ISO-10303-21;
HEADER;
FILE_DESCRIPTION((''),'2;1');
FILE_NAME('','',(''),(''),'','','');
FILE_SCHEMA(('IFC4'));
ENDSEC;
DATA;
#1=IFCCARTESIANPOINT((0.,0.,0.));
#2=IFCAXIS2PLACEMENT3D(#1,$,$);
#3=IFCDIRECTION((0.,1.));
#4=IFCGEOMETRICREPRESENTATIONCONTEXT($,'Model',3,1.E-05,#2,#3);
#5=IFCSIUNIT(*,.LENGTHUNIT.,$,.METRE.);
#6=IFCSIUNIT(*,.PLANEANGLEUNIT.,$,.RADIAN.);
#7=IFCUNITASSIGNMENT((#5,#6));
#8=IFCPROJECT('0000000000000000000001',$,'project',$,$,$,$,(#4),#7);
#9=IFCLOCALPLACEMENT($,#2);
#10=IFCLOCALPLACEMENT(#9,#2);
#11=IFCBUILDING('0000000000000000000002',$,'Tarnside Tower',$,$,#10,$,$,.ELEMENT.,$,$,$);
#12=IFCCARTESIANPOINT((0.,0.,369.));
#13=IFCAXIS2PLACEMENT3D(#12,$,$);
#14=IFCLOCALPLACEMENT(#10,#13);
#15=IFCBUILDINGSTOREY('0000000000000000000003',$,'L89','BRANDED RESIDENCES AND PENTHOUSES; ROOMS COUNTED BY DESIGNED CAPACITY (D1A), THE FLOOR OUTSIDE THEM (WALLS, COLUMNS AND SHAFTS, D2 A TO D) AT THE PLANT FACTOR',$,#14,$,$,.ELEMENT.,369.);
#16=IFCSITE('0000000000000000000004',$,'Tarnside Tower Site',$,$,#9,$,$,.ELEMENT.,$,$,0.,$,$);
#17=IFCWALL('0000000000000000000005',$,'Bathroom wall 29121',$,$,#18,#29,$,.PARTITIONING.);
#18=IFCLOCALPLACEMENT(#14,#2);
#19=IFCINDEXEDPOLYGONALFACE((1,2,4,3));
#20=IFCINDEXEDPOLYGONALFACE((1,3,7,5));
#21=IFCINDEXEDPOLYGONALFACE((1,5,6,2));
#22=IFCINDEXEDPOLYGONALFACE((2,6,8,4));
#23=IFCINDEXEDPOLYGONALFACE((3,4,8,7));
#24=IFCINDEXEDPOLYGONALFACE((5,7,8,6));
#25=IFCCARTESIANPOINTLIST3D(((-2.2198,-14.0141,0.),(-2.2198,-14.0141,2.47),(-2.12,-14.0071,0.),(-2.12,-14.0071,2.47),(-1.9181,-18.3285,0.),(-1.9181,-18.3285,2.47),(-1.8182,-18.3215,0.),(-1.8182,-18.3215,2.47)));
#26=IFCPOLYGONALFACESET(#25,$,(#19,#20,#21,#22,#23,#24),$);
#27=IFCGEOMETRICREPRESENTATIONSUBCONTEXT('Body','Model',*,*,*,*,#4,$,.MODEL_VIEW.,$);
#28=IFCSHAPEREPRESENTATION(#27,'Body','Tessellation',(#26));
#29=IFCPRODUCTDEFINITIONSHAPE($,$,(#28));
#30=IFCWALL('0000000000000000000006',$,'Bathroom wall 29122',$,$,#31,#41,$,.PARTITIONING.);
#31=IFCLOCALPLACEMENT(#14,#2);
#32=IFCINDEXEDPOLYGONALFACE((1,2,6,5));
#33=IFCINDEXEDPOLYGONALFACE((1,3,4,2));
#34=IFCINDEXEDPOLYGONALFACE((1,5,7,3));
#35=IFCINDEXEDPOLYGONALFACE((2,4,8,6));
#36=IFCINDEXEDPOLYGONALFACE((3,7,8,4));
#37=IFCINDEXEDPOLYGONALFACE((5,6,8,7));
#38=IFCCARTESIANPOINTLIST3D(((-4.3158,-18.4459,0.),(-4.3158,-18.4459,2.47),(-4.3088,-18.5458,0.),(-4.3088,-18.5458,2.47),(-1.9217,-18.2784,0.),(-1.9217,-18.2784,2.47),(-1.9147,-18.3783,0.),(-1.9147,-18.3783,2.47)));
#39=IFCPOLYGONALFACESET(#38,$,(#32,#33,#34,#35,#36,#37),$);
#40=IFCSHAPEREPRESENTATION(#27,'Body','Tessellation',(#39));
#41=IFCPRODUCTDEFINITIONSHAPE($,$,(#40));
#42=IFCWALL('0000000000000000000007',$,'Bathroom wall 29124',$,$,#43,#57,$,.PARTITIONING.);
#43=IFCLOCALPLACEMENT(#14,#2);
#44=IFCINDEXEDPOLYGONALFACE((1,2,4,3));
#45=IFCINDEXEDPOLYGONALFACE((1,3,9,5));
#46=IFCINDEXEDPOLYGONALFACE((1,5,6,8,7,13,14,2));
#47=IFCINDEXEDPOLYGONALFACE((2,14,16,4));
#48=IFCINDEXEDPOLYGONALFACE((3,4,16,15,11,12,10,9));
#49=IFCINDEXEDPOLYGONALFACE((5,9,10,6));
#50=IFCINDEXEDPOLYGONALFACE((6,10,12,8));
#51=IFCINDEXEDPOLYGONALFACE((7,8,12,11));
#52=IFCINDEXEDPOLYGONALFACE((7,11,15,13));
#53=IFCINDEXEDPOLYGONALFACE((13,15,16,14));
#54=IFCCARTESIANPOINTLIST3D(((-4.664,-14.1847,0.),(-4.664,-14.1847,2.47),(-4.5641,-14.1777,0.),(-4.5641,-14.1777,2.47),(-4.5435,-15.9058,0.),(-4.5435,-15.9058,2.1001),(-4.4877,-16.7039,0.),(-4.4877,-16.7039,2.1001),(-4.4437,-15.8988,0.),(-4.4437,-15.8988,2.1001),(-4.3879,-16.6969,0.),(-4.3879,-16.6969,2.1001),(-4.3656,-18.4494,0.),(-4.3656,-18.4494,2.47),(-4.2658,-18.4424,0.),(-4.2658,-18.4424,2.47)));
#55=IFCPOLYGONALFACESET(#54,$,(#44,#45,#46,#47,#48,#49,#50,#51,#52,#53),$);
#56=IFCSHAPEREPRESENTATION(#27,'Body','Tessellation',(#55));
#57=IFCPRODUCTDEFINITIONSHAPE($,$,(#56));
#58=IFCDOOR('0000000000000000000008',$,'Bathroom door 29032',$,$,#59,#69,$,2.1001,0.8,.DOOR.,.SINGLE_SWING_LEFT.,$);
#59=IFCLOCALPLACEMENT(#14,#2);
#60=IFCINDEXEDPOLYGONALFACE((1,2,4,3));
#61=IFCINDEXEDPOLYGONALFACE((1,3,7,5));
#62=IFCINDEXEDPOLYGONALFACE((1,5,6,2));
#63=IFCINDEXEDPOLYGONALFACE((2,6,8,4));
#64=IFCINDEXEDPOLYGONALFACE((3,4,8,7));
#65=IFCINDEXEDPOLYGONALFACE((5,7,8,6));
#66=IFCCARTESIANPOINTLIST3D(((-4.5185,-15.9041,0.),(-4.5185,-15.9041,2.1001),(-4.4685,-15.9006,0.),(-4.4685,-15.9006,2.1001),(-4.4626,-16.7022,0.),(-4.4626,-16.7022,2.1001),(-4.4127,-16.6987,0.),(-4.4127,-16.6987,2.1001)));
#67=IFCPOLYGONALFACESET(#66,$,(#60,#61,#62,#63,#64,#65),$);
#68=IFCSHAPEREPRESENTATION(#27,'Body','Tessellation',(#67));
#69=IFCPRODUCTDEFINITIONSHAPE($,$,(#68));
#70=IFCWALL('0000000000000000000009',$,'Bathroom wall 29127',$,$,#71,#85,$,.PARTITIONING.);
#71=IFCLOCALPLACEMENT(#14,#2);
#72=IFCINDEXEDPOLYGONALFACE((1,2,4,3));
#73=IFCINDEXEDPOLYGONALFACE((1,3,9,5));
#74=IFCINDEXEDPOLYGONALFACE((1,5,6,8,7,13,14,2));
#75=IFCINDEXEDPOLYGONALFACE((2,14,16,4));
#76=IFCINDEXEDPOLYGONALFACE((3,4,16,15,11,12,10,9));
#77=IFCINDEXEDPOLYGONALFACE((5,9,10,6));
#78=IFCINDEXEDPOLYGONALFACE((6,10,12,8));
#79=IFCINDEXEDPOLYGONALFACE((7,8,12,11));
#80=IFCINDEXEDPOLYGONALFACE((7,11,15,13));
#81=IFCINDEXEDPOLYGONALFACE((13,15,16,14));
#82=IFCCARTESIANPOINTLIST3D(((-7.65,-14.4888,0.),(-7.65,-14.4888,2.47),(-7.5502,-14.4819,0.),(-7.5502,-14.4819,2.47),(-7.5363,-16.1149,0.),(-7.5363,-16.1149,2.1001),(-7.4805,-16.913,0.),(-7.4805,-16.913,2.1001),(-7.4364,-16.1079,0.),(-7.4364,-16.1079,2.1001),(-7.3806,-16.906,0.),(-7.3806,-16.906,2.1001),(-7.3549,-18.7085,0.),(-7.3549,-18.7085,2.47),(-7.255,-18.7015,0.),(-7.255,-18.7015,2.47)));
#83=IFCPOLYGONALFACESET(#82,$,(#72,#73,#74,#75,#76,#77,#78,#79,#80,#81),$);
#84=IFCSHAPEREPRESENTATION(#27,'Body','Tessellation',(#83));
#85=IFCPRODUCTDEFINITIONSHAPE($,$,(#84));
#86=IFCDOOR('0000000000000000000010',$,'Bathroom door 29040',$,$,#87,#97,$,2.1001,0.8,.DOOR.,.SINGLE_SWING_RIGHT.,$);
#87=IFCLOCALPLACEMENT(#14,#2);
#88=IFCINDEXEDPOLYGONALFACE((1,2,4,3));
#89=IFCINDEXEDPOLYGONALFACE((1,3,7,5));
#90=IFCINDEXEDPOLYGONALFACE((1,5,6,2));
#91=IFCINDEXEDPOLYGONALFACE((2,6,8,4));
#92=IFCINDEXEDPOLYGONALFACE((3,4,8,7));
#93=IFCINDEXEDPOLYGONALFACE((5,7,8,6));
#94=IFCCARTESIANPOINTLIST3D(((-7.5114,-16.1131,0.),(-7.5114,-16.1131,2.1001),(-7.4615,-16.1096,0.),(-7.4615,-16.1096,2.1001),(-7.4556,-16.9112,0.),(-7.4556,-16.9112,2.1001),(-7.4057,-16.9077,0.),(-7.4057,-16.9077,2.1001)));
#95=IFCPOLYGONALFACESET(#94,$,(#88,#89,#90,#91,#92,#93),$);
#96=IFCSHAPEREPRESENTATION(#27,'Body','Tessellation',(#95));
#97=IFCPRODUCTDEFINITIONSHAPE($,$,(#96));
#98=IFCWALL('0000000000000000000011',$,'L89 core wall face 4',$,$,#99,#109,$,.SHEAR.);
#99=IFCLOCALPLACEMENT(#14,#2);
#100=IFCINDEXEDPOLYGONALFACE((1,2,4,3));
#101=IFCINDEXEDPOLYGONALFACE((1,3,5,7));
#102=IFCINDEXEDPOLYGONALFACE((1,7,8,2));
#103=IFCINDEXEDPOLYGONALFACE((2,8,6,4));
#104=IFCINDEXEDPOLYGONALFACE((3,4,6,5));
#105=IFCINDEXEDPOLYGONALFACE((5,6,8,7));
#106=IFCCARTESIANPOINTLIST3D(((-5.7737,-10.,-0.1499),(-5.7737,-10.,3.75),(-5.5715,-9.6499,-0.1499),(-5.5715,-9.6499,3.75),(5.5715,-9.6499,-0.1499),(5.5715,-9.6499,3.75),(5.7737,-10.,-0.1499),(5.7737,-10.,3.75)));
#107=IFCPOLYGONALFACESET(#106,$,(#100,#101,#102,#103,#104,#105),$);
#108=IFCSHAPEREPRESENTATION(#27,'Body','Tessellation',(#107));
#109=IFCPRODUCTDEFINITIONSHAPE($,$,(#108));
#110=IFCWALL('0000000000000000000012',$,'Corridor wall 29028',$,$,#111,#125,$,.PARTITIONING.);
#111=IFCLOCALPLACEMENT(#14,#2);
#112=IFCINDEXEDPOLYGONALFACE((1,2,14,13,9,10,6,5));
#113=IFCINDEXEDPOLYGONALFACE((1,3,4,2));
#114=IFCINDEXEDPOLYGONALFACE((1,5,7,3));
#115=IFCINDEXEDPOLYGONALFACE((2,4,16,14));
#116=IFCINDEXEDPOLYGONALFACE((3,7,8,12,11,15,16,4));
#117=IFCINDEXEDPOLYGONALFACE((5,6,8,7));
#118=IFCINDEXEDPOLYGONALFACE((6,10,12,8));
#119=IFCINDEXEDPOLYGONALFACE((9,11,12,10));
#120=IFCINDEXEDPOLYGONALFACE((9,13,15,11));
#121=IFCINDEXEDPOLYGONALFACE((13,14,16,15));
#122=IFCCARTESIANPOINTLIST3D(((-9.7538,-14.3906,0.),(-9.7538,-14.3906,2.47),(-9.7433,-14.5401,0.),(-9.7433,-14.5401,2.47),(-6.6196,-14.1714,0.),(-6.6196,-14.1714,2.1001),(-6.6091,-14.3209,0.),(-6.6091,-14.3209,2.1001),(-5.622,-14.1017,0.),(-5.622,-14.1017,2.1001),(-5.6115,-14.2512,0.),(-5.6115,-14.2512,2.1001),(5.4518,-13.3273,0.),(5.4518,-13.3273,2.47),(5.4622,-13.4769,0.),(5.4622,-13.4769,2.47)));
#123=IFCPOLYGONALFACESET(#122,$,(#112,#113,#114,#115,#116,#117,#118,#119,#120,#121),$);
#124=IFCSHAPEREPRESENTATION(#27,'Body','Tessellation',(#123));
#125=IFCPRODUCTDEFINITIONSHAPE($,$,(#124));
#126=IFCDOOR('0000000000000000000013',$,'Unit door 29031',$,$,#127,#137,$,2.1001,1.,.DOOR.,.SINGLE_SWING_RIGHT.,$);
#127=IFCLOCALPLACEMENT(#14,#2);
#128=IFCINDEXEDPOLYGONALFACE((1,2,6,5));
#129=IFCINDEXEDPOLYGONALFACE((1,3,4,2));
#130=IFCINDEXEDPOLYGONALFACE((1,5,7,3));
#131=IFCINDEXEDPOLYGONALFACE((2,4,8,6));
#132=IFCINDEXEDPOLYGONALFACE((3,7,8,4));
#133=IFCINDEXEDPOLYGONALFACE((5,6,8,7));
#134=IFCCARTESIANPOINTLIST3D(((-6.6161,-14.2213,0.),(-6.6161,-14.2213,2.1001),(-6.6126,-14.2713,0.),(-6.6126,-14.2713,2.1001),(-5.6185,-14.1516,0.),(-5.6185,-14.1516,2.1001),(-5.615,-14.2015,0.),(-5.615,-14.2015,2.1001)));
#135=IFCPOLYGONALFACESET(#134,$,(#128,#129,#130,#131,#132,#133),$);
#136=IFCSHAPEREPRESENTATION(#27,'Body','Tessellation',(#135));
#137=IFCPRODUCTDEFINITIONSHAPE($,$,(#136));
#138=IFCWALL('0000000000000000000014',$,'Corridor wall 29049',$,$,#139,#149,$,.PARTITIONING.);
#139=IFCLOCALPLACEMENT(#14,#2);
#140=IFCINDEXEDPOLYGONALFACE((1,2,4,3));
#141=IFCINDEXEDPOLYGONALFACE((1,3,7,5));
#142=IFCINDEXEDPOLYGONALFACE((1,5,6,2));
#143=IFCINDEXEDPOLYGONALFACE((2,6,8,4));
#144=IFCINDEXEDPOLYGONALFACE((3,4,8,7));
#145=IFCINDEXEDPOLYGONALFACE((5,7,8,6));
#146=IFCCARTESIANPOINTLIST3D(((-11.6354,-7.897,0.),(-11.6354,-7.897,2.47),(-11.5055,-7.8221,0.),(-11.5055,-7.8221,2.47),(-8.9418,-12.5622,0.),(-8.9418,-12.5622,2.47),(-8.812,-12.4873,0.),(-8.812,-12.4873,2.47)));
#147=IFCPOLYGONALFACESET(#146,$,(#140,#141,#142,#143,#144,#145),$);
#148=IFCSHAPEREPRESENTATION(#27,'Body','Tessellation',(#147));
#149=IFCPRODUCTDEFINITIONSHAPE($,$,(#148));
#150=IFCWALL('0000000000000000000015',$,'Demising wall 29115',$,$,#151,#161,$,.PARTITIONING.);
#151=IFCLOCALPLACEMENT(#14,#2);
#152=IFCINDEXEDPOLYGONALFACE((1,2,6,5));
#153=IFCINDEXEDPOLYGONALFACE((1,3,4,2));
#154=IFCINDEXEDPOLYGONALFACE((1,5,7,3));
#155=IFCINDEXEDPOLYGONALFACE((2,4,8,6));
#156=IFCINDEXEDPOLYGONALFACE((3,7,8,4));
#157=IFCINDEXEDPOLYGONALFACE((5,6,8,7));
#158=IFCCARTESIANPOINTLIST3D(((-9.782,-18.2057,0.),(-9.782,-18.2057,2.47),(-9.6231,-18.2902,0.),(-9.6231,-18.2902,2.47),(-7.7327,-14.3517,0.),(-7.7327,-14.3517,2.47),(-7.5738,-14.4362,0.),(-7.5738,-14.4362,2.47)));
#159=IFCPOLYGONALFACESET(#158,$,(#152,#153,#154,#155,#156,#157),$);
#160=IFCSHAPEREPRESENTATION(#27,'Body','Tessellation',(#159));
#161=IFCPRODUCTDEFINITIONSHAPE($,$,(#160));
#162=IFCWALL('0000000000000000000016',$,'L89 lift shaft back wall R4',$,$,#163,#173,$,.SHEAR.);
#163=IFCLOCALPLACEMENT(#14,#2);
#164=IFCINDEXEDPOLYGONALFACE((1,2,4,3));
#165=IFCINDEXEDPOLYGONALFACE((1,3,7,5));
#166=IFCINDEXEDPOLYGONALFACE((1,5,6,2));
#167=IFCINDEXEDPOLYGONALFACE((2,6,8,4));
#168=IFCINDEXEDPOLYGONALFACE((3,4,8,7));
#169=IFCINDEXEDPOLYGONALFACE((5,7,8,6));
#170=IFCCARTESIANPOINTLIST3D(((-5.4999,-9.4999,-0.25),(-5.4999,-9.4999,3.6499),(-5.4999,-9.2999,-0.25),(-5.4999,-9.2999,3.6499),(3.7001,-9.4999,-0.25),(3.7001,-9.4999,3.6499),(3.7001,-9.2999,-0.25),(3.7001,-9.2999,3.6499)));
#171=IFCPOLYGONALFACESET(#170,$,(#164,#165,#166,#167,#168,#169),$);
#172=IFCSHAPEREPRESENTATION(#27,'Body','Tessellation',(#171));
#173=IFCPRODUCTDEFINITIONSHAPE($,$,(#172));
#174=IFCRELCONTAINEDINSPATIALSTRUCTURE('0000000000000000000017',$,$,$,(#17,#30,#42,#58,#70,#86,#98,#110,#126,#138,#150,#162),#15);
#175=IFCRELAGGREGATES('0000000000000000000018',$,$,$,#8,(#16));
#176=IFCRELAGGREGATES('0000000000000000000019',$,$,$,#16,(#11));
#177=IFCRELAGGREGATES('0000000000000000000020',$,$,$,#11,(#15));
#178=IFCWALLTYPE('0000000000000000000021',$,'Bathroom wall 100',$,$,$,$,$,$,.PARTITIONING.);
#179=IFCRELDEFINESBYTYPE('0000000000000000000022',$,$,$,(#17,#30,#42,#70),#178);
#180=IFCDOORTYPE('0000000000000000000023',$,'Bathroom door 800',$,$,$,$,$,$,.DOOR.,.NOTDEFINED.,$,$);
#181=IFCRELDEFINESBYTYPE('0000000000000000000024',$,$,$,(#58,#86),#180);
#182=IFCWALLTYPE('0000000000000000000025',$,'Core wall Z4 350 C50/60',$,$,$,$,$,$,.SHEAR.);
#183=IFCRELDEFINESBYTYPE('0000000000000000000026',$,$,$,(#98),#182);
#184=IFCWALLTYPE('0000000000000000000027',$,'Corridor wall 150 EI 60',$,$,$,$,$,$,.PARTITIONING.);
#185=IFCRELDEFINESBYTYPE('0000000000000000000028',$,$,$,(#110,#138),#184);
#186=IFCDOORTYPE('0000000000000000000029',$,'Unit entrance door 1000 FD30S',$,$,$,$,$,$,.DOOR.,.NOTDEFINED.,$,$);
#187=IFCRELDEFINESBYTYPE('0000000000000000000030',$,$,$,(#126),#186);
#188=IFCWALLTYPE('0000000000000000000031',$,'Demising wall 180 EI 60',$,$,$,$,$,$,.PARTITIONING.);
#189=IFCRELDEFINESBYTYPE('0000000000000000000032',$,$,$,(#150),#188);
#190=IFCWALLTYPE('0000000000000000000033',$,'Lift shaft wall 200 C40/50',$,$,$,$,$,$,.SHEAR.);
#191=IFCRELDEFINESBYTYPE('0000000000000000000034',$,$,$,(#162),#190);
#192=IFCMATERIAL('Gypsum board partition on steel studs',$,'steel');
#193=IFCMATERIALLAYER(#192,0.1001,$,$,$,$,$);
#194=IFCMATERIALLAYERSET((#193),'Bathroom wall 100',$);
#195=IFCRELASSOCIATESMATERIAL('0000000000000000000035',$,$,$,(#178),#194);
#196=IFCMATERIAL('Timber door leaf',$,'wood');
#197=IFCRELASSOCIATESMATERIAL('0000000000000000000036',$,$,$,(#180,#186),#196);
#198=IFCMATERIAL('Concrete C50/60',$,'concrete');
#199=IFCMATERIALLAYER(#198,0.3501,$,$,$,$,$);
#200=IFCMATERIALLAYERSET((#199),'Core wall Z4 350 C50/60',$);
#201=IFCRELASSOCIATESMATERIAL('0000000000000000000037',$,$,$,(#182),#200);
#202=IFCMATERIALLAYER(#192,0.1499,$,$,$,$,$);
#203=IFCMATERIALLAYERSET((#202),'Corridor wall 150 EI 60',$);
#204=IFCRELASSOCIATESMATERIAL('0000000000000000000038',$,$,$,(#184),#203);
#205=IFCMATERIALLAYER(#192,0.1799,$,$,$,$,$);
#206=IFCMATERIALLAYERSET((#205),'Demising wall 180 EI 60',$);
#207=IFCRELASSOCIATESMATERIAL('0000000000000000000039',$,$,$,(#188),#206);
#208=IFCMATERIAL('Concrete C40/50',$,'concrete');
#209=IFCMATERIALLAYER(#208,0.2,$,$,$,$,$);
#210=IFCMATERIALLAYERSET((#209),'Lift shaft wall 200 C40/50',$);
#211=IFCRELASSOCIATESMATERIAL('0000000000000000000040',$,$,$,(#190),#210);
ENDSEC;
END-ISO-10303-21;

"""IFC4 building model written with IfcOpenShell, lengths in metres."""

from ifc_helpers import new_model, si_unit, direction, frame, frame_2d, origin, place, context, subcontext, project, spatial, polyline, rectangle, outline, extrude, material, layer, layer_set, type_object, element, fill, save


model = new_model("IFC4")

# Units and contexts
model_context = context("Model", 3, precision=1e-05, world=origin(), true_north=direction((0.0, 1.0)))
body_context = subcontext(model_context, "Body", "Model", "MODEL_VIEW")
ifc_project = project(units=[si_unit("LENGTHUNIT", "METRE"), si_unit("PLANEANGLEUNIT", "RADIAN")], contexts=[model_context])

# Site, building, storey
site_placement = place(None, origin())
site = spatial("IfcSite", under=ifc_project, at=site_placement, Name="Tarnside Tower Site", CompositionType="ELEMENT", RefElevation=0.0)
building_placement = place(site_placement, origin())
building = spatial("IfcBuilding", under=site, at=building_placement, Name="Tarnside Tower", CompositionType="ELEMENT")
storey_placement = place(building_placement, frame((0.0, 0.0, 369.0)))
storey = spatial("IfcBuildingStorey", under=building, at=storey_placement, Name="L89", Description="BRANDED RESIDENCES AND PENTHOUSES; ROOMS COUNTED BY DESIGNED CAPACITY (D1A), THE FLOOR OUTSIDE THEM (WALLS, COLUMNS AND SHAFTS, D2 A TO D) AT THE PLANT FACTOR", CompositionType="ELEMENT", Elevation=369.0)

# Walls
ifc_material_1 = material(Name="Gypsum board partition on steel studs", Category="steel")
ifc_layer_1 = layer(ifc_material_1, 0.1001)
ifc_layer_set_1 = layer_set([ifc_layer_1], Name="Bathroom wall 100")
wall_type_1 = type_object("IfcWallType", Name="Bathroom wall 100", PredefinedType="PARTITIONING", material=ifc_layer_set_1)
wall_1_placement = place(storey_placement, frame((-2.1699, -14.0105, 0.0), z_axis=(0.0, 0.0, 1.0), x_axis=(0.069771, -0.997563, 0.0)))
element("IfcWall", 1, at=wall_1_placement, inside=storey, type_object=wall_type_1, Name="Bathroom wall 29121", PredefinedType="PARTITIONING", context=body_context, shape_type="SweptSolid", body=[
    extrude(rectangle(XDim=4.325, YDim=0.1001, at=frame_2d((2.1626, 0.0))), origin(), (0.0, 0.0, 1.0), 2.47),
])
wall_2_placement = place(storey_placement, frame((-1.9182, -18.3284, 0.0), z_axis=(0.0, 0.0, 1.0), x_axis=(-0.997562, -0.069787, 0.0)))
element("IfcWall", 2, at=wall_2_placement, inside=storey, type_object=wall_type_1, Name="Bathroom wall 29122", PredefinedType="PARTITIONING", context=body_context, shape_type="SweptSolid", body=[
    extrude(rectangle(XDim=2.3999, YDim=0.1001, at=frame_2d((1.2, 0.0))), origin(), (0.0, 0.0, 1.0), 2.47),
])

# Walls, openings, doors
wall_3_placement = place(storey_placement, frame((-4.3157, -18.446, 0.0), z_axis=(0.0, 0.0, 1.0), x_axis=(-0.069786, 0.997562, 0.0)))
wall_3 = element("IfcWall", 3, at=wall_3_placement, inside=storey, type_object=wall_type_1, Name="Bathroom wall 29124", PredefinedType="PARTITIONING", context=body_context, shape_type="SweptSolid", body=[
    extrude(rectangle(XDim=4.2751, YDim=0.1001, at=frame_2d((2.1377, 0.0))), origin(), (0.0, 0.0, 1.0), 2.47),
])
opening_1_placement = place(wall_3_placement, frame((1.75, 0.0, 0.0)))
opening_1 = element("IfcOpeningElement", 4, at=opening_1_placement, cuts=wall_3, PredefinedType="OPENING", context=body_context, shape_type="SweptSolid", body=[
    extrude(rectangle(XDim=0.8, YDim=2.1001, at=frame_2d((0.3999, 1.05))), frame((0.0, 0.0601, 0.0), z_axis=(0.0, -1.0, 0.0), x_axis=(1.0, 0.0, 0.0)), (0.0, 0.0, 1.0), 0.1201),
])
ifc_material_2 = material(Name="Timber door leaf", Category="wood")
door_type_1 = type_object("IfcDoorType", Name="Bathroom door 800", OperationType="NOTDEFINED", PredefinedType="DOOR", material=ifc_material_2)
door_1_placement = place(opening_1_placement, origin())
door_1 = element("IfcDoor", 5, at=door_1_placement, inside=storey, type_object=door_type_1, Name="Bathroom door 29032", OperationType="SINGLE_SWING_LEFT", OverallHeight=2.1001, OverallWidth=0.8, PredefinedType="DOOR", context=body_context, shape_type="SweptSolid", body=[
    extrude(rectangle(XDim=0.8, YDim=2.1001, at=frame_2d((0.3999, 1.05))), frame((0.0, 0.0249, 0.0), z_axis=(0.0, -1.0, 0.0), x_axis=(1.0, 0.0, 0.0)), (0.0, 0.0, 1.0), 0.05),
])
fill(opening_1, door_1)
wall_4_placement = place(storey_placement, frame((-7.6001, -14.4854, 0.0), z_axis=(0.0, 0.0, 1.0), x_axis=(0.069779, -0.997563, 0.0)))
wall_4 = element("IfcWall", 6, at=wall_4_placement, inside=storey, type_object=wall_type_1, Name="Bathroom wall 29127", PredefinedType="PARTITIONING", context=body_context, shape_type="SweptSolid", body=[
    extrude(rectangle(XDim=4.23, YDim=0.1001, at=frame_2d((2.115, 0.0))), origin(), (0.0, 0.0, 1.0), 2.47),
])
opening_2_placement = place(wall_4_placement, frame((1.6301, 0.0, 0.0)))
opening_2 = element("IfcOpeningElement", 7, at=opening_2_placement, cuts=wall_4, PredefinedType="OPENING", context=body_context, shape_type="SweptSolid", body=[
    extrude(rectangle(XDim=0.8, YDim=2.1001, at=frame_2d((0.3999, 1.05))), frame((0.0, 0.0601, 0.0), z_axis=(0.0, -1.0, 0.0), x_axis=(1.0, 0.0, 0.0)), (0.0, 0.0, 1.0), 0.1201),
])
door_2_placement = place(opening_2_placement, origin())
door_2 = element("IfcDoor", 8, at=door_2_placement, inside=storey, type_object=door_type_1, Name="Bathroom door 29040", OperationType="SINGLE_SWING_RIGHT", OverallHeight=2.1001, OverallWidth=0.8, PredefinedType="DOOR", context=body_context, shape_type="SweptSolid", body=[
    extrude(rectangle(XDim=0.8, YDim=2.1001, at=frame_2d((0.3999, 1.05))), frame((0.0, 0.0249, 0.0), z_axis=(0.0, -1.0, 0.0), x_axis=(1.0, 0.0, 0.0)), (0.0, 0.0, 1.0), 0.05),
])
fill(opening_2, door_2)

# Wall
ifc_material_3 = material(Name="Concrete C50/60", Category="concrete")
ifc_layer_2 = layer(ifc_material_3, 0.3501)
ifc_layer_set_2 = layer_set([ifc_layer_2], Name="Core wall Z4 350 C50/60")
wall_type_2 = type_object("IfcWallType", Name="Core wall Z4 350 C50/60", PredefinedType="SHEAR", material=ifc_layer_set_2)
wall_5_placement = place(storey_placement, frame((-5.6726, -9.825, -0.1499), z_axis=(0.0, 0.0, 1.0), x_axis=(1.0, 0.0, 0.0)))
element("IfcWall", 9, at=wall_5_placement, inside=storey, type_object=wall_type_2, Name="L89 core wall face 4", PredefinedType="SHEAR", context=body_context, shape_type="SweptSolid", body=[
    extrude(outline(polyline([(-0.1011, -0.175), (11.4463, -0.175), (11.2441, 0.175), (0.1011, 0.175), (-0.1011, -0.175)])), origin(), (0.0, 0.0, 1.0), 3.8999),
])

# Wall, opening, door
ifc_layer_3 = layer(ifc_material_1, 0.1499)
ifc_layer_set_3 = layer_set([ifc_layer_3], Name="Corridor wall 150 EI 60")
wall_type_3 = type_object("IfcWallType", Name="Corridor wall 150 EI 60", PredefinedType="PARTITIONING", material=ifc_layer_set_3)
wall_6_placement = place(storey_placement, frame((-9.7485, -14.4653, 0.0), z_axis=(0.0, 0.0, 1.0), x_axis=(0.997564, 0.069754, 0.0)))
wall_6 = element("IfcWall", 10, at=wall_6_placement, inside=storey, type_object=wall_type_3, Name="Corridor wall 29028", PredefinedType="PARTITIONING", context=body_context, shape_type="SweptSolid", body=[
    extrude(rectangle(XDim=15.2427, YDim=0.1499, at=frame_2d((7.6213, 0.0))), origin(), (0.0, 0.0, 1.0), 2.47),
])
opening_3_placement = place(wall_6_placement, frame((3.1418, 0.0, 0.0)))
opening_3 = element("IfcOpeningElement", 11, at=opening_3_placement, cuts=wall_6, PredefinedType="OPENING", context=body_context, shape_type="SweptSolid", body=[
    extrude(rectangle(XDim=1.0, YDim=2.1001, at=frame_2d((0.5, 1.05))), frame((0.0, 0.085, 0.0), z_axis=(0.0, -1.0, 0.0), x_axis=(1.0, 0.0, 0.0)), (0.0, 0.0, 1.0), 0.1699),
])
door_type_2 = type_object("IfcDoorType", Name="Unit entrance door 1000 FD30S", OperationType="NOTDEFINED", PredefinedType="DOOR", material=ifc_material_2)
door_3_placement = place(opening_3_placement, origin())
door_3 = element("IfcDoor", 12, at=door_3_placement, inside=storey, type_object=door_type_2, Name="Unit door 29031", OperationType="SINGLE_SWING_RIGHT", OverallHeight=2.1001, OverallWidth=1.0, PredefinedType="DOOR", context=body_context, shape_type="SweptSolid", body=[
    extrude(rectangle(XDim=1.0, YDim=2.1001, at=frame_2d((0.5, 1.05))), frame((0.0, 0.0249, 0.0), z_axis=(0.0, -1.0, 0.0), x_axis=(1.0, 0.0, 0.0)), (0.0, 0.0, 1.0), 0.05),
])
fill(opening_3, door_3)

# Walls
wall_7_placement = place(storey_placement, frame((-8.877, -12.5247, 0.0), z_axis=(0.0, 0.0, 1.0), x_axis=(-0.500014, 0.866017, 0.0)))
element("IfcWall", 13, at=wall_7_placement, inside=storey, type_object=wall_type_3, Name="Corridor wall 29049", PredefinedType="PARTITIONING", context=body_context, shape_type="SweptSolid", body=[
    extrude(rectangle(XDim=5.387, YDim=0.1499, at=frame_2d((2.6934, 0.0))), origin(), (0.0, 0.0, 1.0), 2.47),
])
ifc_layer_4 = layer(ifc_material_1, 0.1799)
ifc_layer_set_4 = layer_set([ifc_layer_4], Name="Demising wall 180 EI 60")
wall_type_4 = type_object("IfcWallType", Name="Demising wall 180 EI 60", PredefinedType="PARTITIONING", material=ifc_layer_set_4)
wall_8_placement = place(storey_placement, frame((-9.7026, -18.248, 0.0), z_axis=(0.0, 0.0, 1.0), x_axis=(0.469491, 0.882938, 0.0)))
element("IfcWall", 14, at=wall_8_placement, inside=storey, type_object=wall_type_4, Name="Demising wall 29115", PredefinedType="PARTITIONING", context=body_context, shape_type="SweptSolid", body=[
    extrude(rectangle(XDim=4.365, YDim=0.1799, at=frame_2d((2.1826, 0.0))), origin(), (0.0, 0.0, 1.0), 2.47),
])
ifc_material_4 = material(Name="Concrete C40/50", Category="concrete")
ifc_layer_5 = layer(ifc_material_4, 0.2)
ifc_layer_set_5 = layer_set([ifc_layer_5], Name="Lift shaft wall 200 C40/50")
wall_type_5 = type_object("IfcWallType", Name="Lift shaft wall 200 C40/50", PredefinedType="SHEAR", material=ifc_layer_set_5)
wall_9_placement = place(storey_placement, frame((-5.5, -9.3999, -0.25), z_axis=(0.0, 0.0, 1.0), x_axis=(1.0, 0.0, 0.0)))
element("IfcWall", 15, at=wall_9_placement, inside=storey, type_object=wall_type_5, Name="L89 lift shaft back wall R4", PredefinedType="SHEAR", context=body_context, shape_type="SweptSolid", body=[
    extrude(rectangle(XDim=9.2, YDim=0.2, at=frame_2d((4.6001, 0.0))), origin(), (0.0, 0.0, 1.0), 3.8999),
])

save(model, "model.ifc")
